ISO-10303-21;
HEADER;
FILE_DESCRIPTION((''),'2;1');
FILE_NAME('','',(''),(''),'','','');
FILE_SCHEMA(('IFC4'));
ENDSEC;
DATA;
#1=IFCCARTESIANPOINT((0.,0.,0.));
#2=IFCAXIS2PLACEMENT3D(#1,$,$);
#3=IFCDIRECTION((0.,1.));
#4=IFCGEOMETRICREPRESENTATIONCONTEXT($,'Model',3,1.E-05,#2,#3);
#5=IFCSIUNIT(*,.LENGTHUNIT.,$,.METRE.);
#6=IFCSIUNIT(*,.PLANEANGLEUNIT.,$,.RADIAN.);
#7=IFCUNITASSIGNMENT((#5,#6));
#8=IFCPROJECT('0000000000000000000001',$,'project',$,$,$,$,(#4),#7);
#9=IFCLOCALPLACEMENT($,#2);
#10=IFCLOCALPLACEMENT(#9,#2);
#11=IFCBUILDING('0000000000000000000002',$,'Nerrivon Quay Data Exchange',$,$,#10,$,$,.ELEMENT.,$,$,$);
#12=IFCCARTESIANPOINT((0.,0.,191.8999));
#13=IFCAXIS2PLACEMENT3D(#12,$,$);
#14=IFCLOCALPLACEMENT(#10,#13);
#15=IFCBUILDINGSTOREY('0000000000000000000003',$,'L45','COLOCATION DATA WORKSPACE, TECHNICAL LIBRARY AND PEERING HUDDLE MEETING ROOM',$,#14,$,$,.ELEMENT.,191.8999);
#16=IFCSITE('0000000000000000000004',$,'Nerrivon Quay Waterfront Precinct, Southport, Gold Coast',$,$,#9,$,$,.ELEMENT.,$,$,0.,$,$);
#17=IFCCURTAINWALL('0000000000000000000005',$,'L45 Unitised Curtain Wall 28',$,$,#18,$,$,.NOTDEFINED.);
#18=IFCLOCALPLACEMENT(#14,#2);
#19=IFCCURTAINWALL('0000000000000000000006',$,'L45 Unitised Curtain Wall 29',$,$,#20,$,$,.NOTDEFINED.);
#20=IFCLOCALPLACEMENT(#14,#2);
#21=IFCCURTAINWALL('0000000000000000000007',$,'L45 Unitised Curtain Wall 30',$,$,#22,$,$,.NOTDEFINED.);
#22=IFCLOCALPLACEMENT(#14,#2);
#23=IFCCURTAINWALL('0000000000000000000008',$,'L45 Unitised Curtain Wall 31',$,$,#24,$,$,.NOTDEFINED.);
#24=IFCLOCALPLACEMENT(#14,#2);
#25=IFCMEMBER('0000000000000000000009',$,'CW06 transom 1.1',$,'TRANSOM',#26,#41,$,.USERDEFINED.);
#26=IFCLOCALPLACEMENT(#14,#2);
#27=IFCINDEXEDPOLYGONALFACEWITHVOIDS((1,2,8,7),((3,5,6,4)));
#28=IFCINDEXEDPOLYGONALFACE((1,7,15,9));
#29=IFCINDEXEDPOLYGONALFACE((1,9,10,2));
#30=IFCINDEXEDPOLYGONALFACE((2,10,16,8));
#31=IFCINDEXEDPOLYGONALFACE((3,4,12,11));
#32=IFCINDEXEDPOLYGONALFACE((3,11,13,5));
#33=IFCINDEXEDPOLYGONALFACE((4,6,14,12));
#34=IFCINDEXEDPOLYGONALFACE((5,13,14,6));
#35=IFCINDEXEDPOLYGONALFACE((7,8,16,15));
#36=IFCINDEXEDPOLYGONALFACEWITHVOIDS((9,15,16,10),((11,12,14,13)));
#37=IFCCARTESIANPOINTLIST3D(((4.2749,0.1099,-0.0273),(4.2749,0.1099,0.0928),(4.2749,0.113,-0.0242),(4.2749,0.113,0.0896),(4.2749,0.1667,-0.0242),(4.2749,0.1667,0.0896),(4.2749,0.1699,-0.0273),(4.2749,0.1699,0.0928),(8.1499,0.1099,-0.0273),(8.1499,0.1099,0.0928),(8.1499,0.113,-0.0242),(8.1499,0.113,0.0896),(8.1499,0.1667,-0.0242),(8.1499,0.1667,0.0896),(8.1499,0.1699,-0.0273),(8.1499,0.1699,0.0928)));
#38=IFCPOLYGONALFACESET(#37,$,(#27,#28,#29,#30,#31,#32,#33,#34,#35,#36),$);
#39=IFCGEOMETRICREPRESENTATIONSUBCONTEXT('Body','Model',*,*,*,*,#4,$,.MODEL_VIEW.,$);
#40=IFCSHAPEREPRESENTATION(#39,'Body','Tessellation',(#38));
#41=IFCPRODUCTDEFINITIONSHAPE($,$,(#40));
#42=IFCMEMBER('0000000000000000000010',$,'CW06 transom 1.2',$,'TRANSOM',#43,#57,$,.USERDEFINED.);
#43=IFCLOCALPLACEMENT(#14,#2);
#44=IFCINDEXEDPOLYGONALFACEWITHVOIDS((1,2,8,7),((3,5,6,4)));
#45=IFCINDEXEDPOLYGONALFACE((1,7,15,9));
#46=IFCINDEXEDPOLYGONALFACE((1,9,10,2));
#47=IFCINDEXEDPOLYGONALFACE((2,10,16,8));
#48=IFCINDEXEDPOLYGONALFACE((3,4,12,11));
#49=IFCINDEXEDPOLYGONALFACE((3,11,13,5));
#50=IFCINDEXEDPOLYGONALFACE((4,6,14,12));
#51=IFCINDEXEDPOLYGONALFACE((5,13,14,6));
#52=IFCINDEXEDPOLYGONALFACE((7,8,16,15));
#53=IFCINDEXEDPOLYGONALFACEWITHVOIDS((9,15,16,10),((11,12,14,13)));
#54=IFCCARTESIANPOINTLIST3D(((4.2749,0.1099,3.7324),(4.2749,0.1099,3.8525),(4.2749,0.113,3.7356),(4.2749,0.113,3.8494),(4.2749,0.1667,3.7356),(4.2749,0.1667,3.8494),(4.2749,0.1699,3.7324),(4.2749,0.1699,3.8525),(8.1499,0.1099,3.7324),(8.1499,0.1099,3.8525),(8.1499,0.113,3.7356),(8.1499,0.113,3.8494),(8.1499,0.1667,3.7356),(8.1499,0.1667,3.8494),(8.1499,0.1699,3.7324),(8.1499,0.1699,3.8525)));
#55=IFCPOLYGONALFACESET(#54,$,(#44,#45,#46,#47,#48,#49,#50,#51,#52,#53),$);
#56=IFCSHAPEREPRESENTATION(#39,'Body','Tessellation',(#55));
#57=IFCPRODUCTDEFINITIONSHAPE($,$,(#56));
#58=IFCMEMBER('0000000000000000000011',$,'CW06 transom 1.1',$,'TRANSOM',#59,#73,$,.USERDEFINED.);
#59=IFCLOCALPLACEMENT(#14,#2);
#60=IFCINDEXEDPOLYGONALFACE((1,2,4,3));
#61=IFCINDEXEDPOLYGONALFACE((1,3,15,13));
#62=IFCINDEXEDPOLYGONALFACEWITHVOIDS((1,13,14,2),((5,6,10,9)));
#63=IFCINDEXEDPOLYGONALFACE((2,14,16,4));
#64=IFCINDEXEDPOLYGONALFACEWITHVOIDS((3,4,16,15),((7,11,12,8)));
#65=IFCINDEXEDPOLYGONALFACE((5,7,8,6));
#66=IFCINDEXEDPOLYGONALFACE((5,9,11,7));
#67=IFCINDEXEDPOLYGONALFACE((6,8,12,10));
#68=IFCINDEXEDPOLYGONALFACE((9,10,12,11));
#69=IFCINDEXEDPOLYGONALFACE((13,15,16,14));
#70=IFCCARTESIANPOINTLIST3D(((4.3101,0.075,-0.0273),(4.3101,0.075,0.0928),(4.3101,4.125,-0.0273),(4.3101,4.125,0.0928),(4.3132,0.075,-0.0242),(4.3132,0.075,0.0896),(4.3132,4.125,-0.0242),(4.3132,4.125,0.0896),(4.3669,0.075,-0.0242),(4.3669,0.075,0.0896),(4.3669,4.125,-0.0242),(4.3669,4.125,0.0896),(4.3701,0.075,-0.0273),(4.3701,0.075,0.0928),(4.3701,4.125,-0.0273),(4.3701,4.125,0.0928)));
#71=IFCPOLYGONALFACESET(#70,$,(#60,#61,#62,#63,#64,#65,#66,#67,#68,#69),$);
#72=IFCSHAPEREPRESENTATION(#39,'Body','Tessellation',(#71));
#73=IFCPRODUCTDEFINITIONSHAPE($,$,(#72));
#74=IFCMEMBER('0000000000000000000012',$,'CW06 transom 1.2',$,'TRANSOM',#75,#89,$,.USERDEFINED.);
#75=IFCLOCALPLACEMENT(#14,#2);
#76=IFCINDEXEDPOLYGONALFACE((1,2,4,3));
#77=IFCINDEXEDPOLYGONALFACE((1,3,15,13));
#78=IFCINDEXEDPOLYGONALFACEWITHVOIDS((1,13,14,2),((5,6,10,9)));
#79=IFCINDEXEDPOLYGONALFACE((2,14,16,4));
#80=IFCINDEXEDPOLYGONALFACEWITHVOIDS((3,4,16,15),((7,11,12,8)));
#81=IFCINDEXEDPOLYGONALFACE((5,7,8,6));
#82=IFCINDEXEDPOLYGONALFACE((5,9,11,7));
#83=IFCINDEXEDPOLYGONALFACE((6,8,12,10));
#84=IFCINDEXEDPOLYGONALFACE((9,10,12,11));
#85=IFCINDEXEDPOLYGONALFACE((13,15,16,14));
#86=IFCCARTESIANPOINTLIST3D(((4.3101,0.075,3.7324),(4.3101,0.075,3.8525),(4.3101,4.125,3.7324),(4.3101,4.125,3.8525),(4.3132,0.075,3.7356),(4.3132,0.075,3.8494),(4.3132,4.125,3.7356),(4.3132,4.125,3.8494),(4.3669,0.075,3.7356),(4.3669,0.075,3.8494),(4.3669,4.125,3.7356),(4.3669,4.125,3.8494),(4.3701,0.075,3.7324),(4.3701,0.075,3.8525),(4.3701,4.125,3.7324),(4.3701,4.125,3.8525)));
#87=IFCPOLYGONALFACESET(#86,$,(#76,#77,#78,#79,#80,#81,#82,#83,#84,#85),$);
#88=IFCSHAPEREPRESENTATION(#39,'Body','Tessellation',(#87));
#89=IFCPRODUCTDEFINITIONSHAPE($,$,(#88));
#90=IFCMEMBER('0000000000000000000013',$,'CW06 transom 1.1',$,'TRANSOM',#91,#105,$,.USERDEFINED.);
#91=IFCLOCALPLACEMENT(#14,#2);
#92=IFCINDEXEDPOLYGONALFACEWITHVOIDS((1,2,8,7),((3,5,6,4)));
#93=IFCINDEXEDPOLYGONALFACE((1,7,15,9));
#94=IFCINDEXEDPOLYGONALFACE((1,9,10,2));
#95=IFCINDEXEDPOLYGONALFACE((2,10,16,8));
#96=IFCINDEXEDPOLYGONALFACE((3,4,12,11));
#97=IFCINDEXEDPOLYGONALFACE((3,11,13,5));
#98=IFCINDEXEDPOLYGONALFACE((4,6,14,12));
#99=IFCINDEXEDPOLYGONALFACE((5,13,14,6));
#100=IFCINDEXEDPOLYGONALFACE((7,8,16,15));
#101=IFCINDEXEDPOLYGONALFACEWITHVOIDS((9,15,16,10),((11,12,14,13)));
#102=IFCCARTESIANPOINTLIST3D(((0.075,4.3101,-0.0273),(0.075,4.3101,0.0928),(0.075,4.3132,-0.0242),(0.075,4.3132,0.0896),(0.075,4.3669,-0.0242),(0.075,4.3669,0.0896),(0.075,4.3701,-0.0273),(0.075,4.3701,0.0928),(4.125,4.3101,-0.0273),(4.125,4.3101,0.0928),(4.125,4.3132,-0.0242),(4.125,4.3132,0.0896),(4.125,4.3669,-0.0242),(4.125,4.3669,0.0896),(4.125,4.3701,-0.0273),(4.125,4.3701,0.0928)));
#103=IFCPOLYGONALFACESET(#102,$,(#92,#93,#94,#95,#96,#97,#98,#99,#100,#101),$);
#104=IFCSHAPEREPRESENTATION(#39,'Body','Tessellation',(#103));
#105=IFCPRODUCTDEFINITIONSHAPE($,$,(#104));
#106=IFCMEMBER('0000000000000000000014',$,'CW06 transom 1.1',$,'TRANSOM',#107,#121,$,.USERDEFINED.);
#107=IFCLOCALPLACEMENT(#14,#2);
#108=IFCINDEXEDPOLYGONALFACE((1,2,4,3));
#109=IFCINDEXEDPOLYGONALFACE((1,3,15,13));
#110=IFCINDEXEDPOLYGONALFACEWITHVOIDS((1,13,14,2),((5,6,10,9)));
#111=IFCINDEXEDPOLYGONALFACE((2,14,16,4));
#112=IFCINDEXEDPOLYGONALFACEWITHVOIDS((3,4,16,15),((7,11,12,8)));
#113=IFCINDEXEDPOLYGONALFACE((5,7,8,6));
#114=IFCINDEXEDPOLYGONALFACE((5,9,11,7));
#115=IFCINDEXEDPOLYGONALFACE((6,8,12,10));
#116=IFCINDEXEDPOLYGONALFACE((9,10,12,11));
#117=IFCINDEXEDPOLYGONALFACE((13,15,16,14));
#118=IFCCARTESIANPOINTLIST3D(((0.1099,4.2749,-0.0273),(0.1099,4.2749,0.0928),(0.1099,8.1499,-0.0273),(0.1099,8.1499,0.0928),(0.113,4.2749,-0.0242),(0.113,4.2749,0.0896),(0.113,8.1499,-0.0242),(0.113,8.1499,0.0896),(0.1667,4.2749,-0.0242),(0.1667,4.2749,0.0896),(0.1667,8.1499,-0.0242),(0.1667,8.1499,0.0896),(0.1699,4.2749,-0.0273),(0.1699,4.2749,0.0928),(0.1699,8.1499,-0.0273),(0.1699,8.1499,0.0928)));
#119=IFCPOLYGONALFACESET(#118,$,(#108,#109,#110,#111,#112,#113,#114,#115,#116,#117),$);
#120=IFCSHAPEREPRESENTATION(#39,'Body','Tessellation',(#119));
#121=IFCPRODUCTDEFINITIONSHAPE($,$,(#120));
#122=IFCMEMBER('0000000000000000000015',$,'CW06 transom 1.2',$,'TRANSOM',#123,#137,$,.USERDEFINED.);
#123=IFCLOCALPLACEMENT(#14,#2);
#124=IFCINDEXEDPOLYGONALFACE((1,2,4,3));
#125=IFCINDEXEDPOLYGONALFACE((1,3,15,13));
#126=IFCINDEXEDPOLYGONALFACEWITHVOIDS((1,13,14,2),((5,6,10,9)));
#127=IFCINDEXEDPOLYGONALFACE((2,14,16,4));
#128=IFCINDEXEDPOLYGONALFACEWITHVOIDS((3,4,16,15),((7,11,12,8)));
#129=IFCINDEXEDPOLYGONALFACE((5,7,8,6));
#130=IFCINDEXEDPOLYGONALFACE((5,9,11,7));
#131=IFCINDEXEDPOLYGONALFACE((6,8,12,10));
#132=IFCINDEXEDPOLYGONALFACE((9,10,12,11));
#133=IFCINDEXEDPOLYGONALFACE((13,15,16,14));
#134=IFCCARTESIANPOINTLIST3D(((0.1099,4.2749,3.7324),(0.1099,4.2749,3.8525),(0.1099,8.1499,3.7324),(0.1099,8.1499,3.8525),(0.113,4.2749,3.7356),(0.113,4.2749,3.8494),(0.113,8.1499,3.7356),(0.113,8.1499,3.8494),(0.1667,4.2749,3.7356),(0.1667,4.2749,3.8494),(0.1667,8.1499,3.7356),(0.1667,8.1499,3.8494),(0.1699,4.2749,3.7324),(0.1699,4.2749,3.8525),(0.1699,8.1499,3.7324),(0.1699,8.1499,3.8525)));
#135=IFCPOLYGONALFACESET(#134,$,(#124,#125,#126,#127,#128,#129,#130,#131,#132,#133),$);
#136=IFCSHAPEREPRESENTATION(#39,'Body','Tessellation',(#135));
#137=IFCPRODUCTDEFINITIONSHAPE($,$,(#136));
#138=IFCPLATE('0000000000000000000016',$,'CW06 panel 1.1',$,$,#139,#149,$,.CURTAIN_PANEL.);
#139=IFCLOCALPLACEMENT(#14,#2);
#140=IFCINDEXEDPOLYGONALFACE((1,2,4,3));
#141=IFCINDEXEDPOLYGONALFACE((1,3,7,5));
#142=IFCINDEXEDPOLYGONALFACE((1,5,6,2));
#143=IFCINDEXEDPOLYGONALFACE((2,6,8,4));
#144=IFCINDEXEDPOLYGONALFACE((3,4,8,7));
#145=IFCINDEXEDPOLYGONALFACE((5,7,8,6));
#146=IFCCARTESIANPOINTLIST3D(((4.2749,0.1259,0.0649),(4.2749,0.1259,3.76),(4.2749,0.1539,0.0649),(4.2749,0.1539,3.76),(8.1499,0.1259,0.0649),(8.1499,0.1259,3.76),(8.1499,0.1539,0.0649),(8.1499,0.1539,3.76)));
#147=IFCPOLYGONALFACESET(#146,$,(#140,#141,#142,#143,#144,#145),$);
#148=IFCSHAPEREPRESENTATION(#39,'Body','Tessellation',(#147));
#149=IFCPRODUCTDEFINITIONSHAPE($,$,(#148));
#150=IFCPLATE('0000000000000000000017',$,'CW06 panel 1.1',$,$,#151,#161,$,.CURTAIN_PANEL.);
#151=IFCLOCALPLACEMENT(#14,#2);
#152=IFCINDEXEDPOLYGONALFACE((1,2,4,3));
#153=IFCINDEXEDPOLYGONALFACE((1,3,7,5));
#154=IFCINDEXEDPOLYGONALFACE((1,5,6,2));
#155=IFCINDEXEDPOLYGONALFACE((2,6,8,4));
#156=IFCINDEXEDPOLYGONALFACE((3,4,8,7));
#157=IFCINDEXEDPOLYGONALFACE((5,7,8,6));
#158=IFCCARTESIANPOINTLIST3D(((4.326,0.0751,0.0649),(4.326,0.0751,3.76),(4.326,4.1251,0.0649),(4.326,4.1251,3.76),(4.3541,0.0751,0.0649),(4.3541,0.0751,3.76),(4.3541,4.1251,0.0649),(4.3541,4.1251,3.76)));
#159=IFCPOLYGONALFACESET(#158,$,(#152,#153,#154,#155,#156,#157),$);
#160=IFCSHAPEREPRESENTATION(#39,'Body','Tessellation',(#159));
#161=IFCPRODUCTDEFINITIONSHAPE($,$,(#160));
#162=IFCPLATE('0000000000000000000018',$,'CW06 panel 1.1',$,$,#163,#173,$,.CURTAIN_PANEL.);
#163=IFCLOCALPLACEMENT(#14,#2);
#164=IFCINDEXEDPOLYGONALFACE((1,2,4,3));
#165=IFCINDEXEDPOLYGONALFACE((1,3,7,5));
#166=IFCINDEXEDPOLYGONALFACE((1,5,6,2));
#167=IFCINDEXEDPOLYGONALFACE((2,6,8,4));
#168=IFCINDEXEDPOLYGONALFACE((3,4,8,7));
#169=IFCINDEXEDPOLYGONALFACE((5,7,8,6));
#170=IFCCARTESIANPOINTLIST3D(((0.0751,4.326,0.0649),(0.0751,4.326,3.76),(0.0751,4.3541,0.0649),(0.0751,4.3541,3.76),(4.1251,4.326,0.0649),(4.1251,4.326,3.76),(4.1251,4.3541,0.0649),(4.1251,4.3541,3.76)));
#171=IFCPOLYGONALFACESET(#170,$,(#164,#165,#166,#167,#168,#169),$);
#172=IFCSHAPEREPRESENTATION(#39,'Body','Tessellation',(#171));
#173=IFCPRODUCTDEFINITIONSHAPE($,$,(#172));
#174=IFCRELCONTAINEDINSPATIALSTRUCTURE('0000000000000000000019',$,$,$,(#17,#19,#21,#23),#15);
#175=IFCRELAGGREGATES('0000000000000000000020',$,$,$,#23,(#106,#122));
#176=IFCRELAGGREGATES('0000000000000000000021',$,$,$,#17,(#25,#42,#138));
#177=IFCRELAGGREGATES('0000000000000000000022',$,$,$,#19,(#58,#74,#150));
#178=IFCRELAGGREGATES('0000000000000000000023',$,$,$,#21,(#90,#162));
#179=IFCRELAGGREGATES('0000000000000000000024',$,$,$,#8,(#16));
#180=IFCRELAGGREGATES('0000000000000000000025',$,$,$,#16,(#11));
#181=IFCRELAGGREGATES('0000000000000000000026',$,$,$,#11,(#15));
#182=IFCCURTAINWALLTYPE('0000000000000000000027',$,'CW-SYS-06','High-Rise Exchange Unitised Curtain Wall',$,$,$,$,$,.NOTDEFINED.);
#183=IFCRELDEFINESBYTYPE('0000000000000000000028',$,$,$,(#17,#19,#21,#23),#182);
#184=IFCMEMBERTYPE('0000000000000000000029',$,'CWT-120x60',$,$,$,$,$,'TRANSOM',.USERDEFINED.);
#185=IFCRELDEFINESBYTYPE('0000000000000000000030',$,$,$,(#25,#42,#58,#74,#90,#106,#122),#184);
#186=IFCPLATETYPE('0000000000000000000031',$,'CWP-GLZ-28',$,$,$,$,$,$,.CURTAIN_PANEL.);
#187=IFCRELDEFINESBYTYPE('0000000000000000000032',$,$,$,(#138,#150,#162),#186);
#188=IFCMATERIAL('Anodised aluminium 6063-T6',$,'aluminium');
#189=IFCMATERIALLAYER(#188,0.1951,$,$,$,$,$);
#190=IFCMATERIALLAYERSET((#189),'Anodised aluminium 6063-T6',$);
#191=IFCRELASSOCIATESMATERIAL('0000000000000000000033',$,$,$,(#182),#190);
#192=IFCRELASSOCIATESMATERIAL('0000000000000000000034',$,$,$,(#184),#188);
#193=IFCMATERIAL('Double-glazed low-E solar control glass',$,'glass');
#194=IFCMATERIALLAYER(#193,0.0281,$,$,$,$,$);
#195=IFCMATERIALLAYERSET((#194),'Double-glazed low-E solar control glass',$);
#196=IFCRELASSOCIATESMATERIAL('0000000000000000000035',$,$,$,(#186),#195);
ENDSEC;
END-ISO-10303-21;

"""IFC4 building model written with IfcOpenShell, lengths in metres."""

from ifc_helpers import new_model, si_unit, direction, frame, origin, origin_2d, place, context, subcontext, project, spatial, rectangle, hollow_rectangle, extrude, material, layer, layer_set, material_profile, profile_set, type_object, element, aggregate, save


model = new_model("IFC4")

# Units and contexts
model_context = context("Model", 3, precision=1e-05, world=origin(), true_north=direction((0.0, 1.0)))
body_context = subcontext(model_context, "Body", "Model", "MODEL_VIEW")
ifc_project = project(units=[si_unit("LENGTHUNIT", "METRE"), si_unit("PLANEANGLEUNIT", "RADIAN")], contexts=[model_context])

# Site, building, storey
site_placement = place(None, origin())
site = spatial("IfcSite", under=ifc_project, at=site_placement, Name="Nerrivon Quay Waterfront Precinct, Southport, Gold Coast", CompositionType="ELEMENT", RefElevation=0.0)
building_placement = place(site_placement, origin())
building = spatial("IfcBuilding", under=site, at=building_placement, Name="Nerrivon Quay Data Exchange", CompositionType="ELEMENT")
storey_placement = place(building_placement, frame((0.0, 0.0, 191.8999)))
storey = spatial("IfcBuildingStorey", under=building, at=storey_placement, Name="L45", Description="COLOCATION DATA WORKSPACE, TECHNICAL LIBRARY AND PEERING HUDDLE MEETING ROOM", CompositionType="ELEMENT", Elevation=191.8999)

# Shared definitions
ifc_material_1 = material(Name="Anodised aluminium 6063-T6", Category="aluminium")
ifc_layer_1 = layer(ifc_material_1, 0.1951)
ifc_layer_set_1 = layer_set([ifc_layer_1], Name="Anodised aluminium 6063-T6")
curtain_wall_type = type_object("IfcCurtainWallType", Name="CW-SYS-06", Description="High-Rise Exchange Unitised Curtain Wall", PredefinedType="NOTDEFINED", material=ifc_layer_set_1)

# Curtain walls
curtain_wall_1_placement = place(storey_placement, origin())
curtain_wall_1 = element("IfcCurtainWall", 1, at=curtain_wall_1_placement, inside=storey, type_object=curtain_wall_type, Name="L45 Unitised Curtain Wall 28", PredefinedType="NOTDEFINED")
curtain_wall_2_placement = place(storey_placement, origin())
curtain_wall_2 = element("IfcCurtainWall", 2, at=curtain_wall_2_placement, inside=storey, type_object=curtain_wall_type, Name="L45 Unitised Curtain Wall 29", PredefinedType="NOTDEFINED")

# Curtain walls
curtain_wall_3_placement = place(storey_placement, origin())
curtain_wall_3 = element("IfcCurtainWall", 3, at=curtain_wall_3_placement, inside=storey, type_object=curtain_wall_type, Name="L45 Unitised Curtain Wall 30", PredefinedType="NOTDEFINED")
curtain_wall_4_placement = place(storey_placement, origin())
curtain_wall_4 = element("IfcCurtainWall", 4, at=curtain_wall_4_placement, inside=storey, type_object=curtain_wall_type, Name="L45 Unitised Curtain Wall 31", PredefinedType="NOTDEFINED")

# Members
ifc_material_profile_1 = material_profile(ifc_material_1, hollow_rectangle(XDim=0.0601, YDim=0.1201, WallThickness=0.0032, at=origin_2d()), Name="ALU-TRAN-120x60")
ifc_profile_set_1 = profile_set([ifc_material_profile_1], Name="Anodised aluminium 6063-T6")
member_type_1 = type_object("IfcMemberType", Name="CWT-120x60", ElementType="TRANSOM", PredefinedType="USERDEFINED", material=ifc_profile_set_1)
member_1_placement = place(storey_placement, frame((8.1499, 0.1399, 0.0327), z_axis=(-1.0, 0.0, 0.0), x_axis=(0.0, -1.0, 0.0)))
member_1 = element("IfcMember", 5, at=member_1_placement, type_object=member_type_1, Name="CW06 transom 1.1", ObjectType="TRANSOM", PredefinedType="USERDEFINED", context=body_context, shape_type="SweptSolid", body=[
    extrude(hollow_rectangle(XDim=0.0601, YDim=0.1201, WallThickness=0.0032, at=origin_2d()), origin(), (0.0, 0.0, 1.0), 3.875),
])
member_2_placement = place(storey_placement, frame((8.1499, 0.1399, 3.7925), z_axis=(-1.0, 0.0, 0.0), x_axis=(0.0, -1.0, 0.0)))
member_2 = element("IfcMember", 6, at=member_2_placement, type_object=member_type_1, Name="CW06 transom 1.2", ObjectType="TRANSOM", PredefinedType="USERDEFINED", context=body_context, shape_type="SweptSolid", body=[
    extrude(hollow_rectangle(XDim=0.0601, YDim=0.1201, WallThickness=0.0032, at=origin_2d()), origin(), (0.0, 0.0, 1.0), 3.875),
])
member_3_placement = place(storey_placement, frame((4.3401, 0.075, 0.0327), z_axis=(0.0, 1.0, 0.0), x_axis=(-1.0, 0.0, 0.0)))
member_3 = element("IfcMember", 7, at=member_3_placement, type_object=member_type_1, Name="CW06 transom 1.1", ObjectType="TRANSOM", PredefinedType="USERDEFINED", context=body_context, shape_type="SweptSolid", body=[
    extrude(hollow_rectangle(XDim=0.0601, YDim=0.1201, WallThickness=0.0032, at=origin_2d()), origin(), (0.0, 0.0, 1.0), 4.05),
])
member_4_placement = place(storey_placement, frame((4.3401, 0.075, 3.7925), z_axis=(0.0, 1.0, 0.0), x_axis=(-1.0, 0.0, 0.0)))
member_4 = element("IfcMember", 8, at=member_4_placement, type_object=member_type_1, Name="CW06 transom 1.2", ObjectType="TRANSOM", PredefinedType="USERDEFINED", context=body_context, shape_type="SweptSolid", body=[
    extrude(hollow_rectangle(XDim=0.0601, YDim=0.1201, WallThickness=0.0032, at=origin_2d()), origin(), (0.0, 0.0, 1.0), 4.05),
])
member_5_placement = place(storey_placement, frame((4.125, 4.3401, 0.0327), z_axis=(-1.0, 0.0, 0.0), x_axis=(0.0, -1.0, 0.0)))
member_5 = element("IfcMember", 9, at=member_5_placement, type_object=member_type_1, Name="CW06 transom 1.1", ObjectType="TRANSOM", PredefinedType="USERDEFINED", context=body_context, shape_type="SweptSolid", body=[
    extrude(hollow_rectangle(XDim=0.0601, YDim=0.1201, WallThickness=0.0032, at=origin_2d()), origin(), (0.0, 0.0, 1.0), 4.05),
])
member_6_placement = place(storey_placement, frame((0.1399, 4.2749, 0.0327), z_axis=(0.0, 1.0, 0.0), x_axis=(-1.0, 0.0, 0.0)))
member_6 = element("IfcMember", 10, at=member_6_placement, type_object=member_type_1, Name="CW06 transom 1.1", ObjectType="TRANSOM", PredefinedType="USERDEFINED", context=body_context, shape_type="SweptSolid", body=[
    extrude(hollow_rectangle(XDim=0.0601, YDim=0.1201, WallThickness=0.0032, at=origin_2d()), origin(), (0.0, 0.0, 1.0), 3.875),
])
member_7_placement = place(storey_placement, frame((0.1399, 4.2749, 3.7925), z_axis=(0.0, 1.0, 0.0), x_axis=(-1.0, 0.0, 0.0)))
member_7 = element("IfcMember", 11, at=member_7_placement, type_object=member_type_1, Name="CW06 transom 1.2", ObjectType="TRANSOM", PredefinedType="USERDEFINED", context=body_context, shape_type="SweptSolid", body=[
    extrude(hollow_rectangle(XDim=0.0601, YDim=0.1201, WallThickness=0.0032, at=origin_2d()), origin(), (0.0, 0.0, 1.0), 3.875),
])
aggregate(curtain_wall_4, [member_6, member_7])

# Plates
ifc_material_2 = material(Name="Double-glazed low-E solar control glass", Category="glass")
ifc_layer_2 = layer(ifc_material_2, 0.0281)
ifc_layer_set_2 = layer_set([ifc_layer_2], Name="Double-glazed low-E solar control glass")
plate_type = type_object("IfcPlateType", Name="CWP-GLZ-28", PredefinedType="CURTAIN_PANEL", material=ifc_layer_set_2)
plate_1_placement = place(storey_placement, frame((6.2124, 0.1399, 0.0649), z_axis=(0.0, 0.0, 1.0), x_axis=(-1.0, 0.0, 0.0)))
plate_1 = element("IfcPlate", 12, at=plate_1_placement, type_object=plate_type, Name="CW06 panel 1.1", PredefinedType="CURTAIN_PANEL", context=body_context, shape_type="SweptSolid", body=[
    extrude(rectangle(XDim=3.875, YDim=0.0281, at=origin_2d()), origin(), (0.0, 0.0, 1.0), 3.6951),
])
aggregate(curtain_wall_1, [member_1, member_2, plate_1])
plate_2_placement = place(storey_placement, frame((4.3401, 2.1001, 0.0649), z_axis=(0.0, 0.0, 1.0), x_axis=(0.0, 1.0, 0.0)))
plate_2 = element("IfcPlate", 13, at=plate_2_placement, type_object=plate_type, Name="CW06 panel 1.1", PredefinedType="CURTAIN_PANEL", context=body_context, shape_type="SweptSolid", body=[
    extrude(rectangle(XDim=4.05, YDim=0.0281, at=origin_2d()), origin(), (0.0, 0.0, 1.0), 3.6951),
])
aggregate(curtain_wall_2, [member_3, member_4, plate_2])
plate_3_placement = place(storey_placement, frame((2.1001, 4.3401, 0.0649), z_axis=(0.0, 0.0, 1.0), x_axis=(-1.0, 0.0, 0.0)))
plate_3 = element("IfcPlate", 14, at=plate_3_placement, type_object=plate_type, Name="CW06 panel 1.1", PredefinedType="CURTAIN_PANEL", context=body_context, shape_type="SweptSolid", body=[
    extrude(rectangle(XDim=4.05, YDim=0.0281, at=origin_2d()), origin(), (0.0, 0.0, 1.0), 3.6951),
])
aggregate(curtain_wall_3, [member_5, plate_3])

save(model, "model.ifc")
